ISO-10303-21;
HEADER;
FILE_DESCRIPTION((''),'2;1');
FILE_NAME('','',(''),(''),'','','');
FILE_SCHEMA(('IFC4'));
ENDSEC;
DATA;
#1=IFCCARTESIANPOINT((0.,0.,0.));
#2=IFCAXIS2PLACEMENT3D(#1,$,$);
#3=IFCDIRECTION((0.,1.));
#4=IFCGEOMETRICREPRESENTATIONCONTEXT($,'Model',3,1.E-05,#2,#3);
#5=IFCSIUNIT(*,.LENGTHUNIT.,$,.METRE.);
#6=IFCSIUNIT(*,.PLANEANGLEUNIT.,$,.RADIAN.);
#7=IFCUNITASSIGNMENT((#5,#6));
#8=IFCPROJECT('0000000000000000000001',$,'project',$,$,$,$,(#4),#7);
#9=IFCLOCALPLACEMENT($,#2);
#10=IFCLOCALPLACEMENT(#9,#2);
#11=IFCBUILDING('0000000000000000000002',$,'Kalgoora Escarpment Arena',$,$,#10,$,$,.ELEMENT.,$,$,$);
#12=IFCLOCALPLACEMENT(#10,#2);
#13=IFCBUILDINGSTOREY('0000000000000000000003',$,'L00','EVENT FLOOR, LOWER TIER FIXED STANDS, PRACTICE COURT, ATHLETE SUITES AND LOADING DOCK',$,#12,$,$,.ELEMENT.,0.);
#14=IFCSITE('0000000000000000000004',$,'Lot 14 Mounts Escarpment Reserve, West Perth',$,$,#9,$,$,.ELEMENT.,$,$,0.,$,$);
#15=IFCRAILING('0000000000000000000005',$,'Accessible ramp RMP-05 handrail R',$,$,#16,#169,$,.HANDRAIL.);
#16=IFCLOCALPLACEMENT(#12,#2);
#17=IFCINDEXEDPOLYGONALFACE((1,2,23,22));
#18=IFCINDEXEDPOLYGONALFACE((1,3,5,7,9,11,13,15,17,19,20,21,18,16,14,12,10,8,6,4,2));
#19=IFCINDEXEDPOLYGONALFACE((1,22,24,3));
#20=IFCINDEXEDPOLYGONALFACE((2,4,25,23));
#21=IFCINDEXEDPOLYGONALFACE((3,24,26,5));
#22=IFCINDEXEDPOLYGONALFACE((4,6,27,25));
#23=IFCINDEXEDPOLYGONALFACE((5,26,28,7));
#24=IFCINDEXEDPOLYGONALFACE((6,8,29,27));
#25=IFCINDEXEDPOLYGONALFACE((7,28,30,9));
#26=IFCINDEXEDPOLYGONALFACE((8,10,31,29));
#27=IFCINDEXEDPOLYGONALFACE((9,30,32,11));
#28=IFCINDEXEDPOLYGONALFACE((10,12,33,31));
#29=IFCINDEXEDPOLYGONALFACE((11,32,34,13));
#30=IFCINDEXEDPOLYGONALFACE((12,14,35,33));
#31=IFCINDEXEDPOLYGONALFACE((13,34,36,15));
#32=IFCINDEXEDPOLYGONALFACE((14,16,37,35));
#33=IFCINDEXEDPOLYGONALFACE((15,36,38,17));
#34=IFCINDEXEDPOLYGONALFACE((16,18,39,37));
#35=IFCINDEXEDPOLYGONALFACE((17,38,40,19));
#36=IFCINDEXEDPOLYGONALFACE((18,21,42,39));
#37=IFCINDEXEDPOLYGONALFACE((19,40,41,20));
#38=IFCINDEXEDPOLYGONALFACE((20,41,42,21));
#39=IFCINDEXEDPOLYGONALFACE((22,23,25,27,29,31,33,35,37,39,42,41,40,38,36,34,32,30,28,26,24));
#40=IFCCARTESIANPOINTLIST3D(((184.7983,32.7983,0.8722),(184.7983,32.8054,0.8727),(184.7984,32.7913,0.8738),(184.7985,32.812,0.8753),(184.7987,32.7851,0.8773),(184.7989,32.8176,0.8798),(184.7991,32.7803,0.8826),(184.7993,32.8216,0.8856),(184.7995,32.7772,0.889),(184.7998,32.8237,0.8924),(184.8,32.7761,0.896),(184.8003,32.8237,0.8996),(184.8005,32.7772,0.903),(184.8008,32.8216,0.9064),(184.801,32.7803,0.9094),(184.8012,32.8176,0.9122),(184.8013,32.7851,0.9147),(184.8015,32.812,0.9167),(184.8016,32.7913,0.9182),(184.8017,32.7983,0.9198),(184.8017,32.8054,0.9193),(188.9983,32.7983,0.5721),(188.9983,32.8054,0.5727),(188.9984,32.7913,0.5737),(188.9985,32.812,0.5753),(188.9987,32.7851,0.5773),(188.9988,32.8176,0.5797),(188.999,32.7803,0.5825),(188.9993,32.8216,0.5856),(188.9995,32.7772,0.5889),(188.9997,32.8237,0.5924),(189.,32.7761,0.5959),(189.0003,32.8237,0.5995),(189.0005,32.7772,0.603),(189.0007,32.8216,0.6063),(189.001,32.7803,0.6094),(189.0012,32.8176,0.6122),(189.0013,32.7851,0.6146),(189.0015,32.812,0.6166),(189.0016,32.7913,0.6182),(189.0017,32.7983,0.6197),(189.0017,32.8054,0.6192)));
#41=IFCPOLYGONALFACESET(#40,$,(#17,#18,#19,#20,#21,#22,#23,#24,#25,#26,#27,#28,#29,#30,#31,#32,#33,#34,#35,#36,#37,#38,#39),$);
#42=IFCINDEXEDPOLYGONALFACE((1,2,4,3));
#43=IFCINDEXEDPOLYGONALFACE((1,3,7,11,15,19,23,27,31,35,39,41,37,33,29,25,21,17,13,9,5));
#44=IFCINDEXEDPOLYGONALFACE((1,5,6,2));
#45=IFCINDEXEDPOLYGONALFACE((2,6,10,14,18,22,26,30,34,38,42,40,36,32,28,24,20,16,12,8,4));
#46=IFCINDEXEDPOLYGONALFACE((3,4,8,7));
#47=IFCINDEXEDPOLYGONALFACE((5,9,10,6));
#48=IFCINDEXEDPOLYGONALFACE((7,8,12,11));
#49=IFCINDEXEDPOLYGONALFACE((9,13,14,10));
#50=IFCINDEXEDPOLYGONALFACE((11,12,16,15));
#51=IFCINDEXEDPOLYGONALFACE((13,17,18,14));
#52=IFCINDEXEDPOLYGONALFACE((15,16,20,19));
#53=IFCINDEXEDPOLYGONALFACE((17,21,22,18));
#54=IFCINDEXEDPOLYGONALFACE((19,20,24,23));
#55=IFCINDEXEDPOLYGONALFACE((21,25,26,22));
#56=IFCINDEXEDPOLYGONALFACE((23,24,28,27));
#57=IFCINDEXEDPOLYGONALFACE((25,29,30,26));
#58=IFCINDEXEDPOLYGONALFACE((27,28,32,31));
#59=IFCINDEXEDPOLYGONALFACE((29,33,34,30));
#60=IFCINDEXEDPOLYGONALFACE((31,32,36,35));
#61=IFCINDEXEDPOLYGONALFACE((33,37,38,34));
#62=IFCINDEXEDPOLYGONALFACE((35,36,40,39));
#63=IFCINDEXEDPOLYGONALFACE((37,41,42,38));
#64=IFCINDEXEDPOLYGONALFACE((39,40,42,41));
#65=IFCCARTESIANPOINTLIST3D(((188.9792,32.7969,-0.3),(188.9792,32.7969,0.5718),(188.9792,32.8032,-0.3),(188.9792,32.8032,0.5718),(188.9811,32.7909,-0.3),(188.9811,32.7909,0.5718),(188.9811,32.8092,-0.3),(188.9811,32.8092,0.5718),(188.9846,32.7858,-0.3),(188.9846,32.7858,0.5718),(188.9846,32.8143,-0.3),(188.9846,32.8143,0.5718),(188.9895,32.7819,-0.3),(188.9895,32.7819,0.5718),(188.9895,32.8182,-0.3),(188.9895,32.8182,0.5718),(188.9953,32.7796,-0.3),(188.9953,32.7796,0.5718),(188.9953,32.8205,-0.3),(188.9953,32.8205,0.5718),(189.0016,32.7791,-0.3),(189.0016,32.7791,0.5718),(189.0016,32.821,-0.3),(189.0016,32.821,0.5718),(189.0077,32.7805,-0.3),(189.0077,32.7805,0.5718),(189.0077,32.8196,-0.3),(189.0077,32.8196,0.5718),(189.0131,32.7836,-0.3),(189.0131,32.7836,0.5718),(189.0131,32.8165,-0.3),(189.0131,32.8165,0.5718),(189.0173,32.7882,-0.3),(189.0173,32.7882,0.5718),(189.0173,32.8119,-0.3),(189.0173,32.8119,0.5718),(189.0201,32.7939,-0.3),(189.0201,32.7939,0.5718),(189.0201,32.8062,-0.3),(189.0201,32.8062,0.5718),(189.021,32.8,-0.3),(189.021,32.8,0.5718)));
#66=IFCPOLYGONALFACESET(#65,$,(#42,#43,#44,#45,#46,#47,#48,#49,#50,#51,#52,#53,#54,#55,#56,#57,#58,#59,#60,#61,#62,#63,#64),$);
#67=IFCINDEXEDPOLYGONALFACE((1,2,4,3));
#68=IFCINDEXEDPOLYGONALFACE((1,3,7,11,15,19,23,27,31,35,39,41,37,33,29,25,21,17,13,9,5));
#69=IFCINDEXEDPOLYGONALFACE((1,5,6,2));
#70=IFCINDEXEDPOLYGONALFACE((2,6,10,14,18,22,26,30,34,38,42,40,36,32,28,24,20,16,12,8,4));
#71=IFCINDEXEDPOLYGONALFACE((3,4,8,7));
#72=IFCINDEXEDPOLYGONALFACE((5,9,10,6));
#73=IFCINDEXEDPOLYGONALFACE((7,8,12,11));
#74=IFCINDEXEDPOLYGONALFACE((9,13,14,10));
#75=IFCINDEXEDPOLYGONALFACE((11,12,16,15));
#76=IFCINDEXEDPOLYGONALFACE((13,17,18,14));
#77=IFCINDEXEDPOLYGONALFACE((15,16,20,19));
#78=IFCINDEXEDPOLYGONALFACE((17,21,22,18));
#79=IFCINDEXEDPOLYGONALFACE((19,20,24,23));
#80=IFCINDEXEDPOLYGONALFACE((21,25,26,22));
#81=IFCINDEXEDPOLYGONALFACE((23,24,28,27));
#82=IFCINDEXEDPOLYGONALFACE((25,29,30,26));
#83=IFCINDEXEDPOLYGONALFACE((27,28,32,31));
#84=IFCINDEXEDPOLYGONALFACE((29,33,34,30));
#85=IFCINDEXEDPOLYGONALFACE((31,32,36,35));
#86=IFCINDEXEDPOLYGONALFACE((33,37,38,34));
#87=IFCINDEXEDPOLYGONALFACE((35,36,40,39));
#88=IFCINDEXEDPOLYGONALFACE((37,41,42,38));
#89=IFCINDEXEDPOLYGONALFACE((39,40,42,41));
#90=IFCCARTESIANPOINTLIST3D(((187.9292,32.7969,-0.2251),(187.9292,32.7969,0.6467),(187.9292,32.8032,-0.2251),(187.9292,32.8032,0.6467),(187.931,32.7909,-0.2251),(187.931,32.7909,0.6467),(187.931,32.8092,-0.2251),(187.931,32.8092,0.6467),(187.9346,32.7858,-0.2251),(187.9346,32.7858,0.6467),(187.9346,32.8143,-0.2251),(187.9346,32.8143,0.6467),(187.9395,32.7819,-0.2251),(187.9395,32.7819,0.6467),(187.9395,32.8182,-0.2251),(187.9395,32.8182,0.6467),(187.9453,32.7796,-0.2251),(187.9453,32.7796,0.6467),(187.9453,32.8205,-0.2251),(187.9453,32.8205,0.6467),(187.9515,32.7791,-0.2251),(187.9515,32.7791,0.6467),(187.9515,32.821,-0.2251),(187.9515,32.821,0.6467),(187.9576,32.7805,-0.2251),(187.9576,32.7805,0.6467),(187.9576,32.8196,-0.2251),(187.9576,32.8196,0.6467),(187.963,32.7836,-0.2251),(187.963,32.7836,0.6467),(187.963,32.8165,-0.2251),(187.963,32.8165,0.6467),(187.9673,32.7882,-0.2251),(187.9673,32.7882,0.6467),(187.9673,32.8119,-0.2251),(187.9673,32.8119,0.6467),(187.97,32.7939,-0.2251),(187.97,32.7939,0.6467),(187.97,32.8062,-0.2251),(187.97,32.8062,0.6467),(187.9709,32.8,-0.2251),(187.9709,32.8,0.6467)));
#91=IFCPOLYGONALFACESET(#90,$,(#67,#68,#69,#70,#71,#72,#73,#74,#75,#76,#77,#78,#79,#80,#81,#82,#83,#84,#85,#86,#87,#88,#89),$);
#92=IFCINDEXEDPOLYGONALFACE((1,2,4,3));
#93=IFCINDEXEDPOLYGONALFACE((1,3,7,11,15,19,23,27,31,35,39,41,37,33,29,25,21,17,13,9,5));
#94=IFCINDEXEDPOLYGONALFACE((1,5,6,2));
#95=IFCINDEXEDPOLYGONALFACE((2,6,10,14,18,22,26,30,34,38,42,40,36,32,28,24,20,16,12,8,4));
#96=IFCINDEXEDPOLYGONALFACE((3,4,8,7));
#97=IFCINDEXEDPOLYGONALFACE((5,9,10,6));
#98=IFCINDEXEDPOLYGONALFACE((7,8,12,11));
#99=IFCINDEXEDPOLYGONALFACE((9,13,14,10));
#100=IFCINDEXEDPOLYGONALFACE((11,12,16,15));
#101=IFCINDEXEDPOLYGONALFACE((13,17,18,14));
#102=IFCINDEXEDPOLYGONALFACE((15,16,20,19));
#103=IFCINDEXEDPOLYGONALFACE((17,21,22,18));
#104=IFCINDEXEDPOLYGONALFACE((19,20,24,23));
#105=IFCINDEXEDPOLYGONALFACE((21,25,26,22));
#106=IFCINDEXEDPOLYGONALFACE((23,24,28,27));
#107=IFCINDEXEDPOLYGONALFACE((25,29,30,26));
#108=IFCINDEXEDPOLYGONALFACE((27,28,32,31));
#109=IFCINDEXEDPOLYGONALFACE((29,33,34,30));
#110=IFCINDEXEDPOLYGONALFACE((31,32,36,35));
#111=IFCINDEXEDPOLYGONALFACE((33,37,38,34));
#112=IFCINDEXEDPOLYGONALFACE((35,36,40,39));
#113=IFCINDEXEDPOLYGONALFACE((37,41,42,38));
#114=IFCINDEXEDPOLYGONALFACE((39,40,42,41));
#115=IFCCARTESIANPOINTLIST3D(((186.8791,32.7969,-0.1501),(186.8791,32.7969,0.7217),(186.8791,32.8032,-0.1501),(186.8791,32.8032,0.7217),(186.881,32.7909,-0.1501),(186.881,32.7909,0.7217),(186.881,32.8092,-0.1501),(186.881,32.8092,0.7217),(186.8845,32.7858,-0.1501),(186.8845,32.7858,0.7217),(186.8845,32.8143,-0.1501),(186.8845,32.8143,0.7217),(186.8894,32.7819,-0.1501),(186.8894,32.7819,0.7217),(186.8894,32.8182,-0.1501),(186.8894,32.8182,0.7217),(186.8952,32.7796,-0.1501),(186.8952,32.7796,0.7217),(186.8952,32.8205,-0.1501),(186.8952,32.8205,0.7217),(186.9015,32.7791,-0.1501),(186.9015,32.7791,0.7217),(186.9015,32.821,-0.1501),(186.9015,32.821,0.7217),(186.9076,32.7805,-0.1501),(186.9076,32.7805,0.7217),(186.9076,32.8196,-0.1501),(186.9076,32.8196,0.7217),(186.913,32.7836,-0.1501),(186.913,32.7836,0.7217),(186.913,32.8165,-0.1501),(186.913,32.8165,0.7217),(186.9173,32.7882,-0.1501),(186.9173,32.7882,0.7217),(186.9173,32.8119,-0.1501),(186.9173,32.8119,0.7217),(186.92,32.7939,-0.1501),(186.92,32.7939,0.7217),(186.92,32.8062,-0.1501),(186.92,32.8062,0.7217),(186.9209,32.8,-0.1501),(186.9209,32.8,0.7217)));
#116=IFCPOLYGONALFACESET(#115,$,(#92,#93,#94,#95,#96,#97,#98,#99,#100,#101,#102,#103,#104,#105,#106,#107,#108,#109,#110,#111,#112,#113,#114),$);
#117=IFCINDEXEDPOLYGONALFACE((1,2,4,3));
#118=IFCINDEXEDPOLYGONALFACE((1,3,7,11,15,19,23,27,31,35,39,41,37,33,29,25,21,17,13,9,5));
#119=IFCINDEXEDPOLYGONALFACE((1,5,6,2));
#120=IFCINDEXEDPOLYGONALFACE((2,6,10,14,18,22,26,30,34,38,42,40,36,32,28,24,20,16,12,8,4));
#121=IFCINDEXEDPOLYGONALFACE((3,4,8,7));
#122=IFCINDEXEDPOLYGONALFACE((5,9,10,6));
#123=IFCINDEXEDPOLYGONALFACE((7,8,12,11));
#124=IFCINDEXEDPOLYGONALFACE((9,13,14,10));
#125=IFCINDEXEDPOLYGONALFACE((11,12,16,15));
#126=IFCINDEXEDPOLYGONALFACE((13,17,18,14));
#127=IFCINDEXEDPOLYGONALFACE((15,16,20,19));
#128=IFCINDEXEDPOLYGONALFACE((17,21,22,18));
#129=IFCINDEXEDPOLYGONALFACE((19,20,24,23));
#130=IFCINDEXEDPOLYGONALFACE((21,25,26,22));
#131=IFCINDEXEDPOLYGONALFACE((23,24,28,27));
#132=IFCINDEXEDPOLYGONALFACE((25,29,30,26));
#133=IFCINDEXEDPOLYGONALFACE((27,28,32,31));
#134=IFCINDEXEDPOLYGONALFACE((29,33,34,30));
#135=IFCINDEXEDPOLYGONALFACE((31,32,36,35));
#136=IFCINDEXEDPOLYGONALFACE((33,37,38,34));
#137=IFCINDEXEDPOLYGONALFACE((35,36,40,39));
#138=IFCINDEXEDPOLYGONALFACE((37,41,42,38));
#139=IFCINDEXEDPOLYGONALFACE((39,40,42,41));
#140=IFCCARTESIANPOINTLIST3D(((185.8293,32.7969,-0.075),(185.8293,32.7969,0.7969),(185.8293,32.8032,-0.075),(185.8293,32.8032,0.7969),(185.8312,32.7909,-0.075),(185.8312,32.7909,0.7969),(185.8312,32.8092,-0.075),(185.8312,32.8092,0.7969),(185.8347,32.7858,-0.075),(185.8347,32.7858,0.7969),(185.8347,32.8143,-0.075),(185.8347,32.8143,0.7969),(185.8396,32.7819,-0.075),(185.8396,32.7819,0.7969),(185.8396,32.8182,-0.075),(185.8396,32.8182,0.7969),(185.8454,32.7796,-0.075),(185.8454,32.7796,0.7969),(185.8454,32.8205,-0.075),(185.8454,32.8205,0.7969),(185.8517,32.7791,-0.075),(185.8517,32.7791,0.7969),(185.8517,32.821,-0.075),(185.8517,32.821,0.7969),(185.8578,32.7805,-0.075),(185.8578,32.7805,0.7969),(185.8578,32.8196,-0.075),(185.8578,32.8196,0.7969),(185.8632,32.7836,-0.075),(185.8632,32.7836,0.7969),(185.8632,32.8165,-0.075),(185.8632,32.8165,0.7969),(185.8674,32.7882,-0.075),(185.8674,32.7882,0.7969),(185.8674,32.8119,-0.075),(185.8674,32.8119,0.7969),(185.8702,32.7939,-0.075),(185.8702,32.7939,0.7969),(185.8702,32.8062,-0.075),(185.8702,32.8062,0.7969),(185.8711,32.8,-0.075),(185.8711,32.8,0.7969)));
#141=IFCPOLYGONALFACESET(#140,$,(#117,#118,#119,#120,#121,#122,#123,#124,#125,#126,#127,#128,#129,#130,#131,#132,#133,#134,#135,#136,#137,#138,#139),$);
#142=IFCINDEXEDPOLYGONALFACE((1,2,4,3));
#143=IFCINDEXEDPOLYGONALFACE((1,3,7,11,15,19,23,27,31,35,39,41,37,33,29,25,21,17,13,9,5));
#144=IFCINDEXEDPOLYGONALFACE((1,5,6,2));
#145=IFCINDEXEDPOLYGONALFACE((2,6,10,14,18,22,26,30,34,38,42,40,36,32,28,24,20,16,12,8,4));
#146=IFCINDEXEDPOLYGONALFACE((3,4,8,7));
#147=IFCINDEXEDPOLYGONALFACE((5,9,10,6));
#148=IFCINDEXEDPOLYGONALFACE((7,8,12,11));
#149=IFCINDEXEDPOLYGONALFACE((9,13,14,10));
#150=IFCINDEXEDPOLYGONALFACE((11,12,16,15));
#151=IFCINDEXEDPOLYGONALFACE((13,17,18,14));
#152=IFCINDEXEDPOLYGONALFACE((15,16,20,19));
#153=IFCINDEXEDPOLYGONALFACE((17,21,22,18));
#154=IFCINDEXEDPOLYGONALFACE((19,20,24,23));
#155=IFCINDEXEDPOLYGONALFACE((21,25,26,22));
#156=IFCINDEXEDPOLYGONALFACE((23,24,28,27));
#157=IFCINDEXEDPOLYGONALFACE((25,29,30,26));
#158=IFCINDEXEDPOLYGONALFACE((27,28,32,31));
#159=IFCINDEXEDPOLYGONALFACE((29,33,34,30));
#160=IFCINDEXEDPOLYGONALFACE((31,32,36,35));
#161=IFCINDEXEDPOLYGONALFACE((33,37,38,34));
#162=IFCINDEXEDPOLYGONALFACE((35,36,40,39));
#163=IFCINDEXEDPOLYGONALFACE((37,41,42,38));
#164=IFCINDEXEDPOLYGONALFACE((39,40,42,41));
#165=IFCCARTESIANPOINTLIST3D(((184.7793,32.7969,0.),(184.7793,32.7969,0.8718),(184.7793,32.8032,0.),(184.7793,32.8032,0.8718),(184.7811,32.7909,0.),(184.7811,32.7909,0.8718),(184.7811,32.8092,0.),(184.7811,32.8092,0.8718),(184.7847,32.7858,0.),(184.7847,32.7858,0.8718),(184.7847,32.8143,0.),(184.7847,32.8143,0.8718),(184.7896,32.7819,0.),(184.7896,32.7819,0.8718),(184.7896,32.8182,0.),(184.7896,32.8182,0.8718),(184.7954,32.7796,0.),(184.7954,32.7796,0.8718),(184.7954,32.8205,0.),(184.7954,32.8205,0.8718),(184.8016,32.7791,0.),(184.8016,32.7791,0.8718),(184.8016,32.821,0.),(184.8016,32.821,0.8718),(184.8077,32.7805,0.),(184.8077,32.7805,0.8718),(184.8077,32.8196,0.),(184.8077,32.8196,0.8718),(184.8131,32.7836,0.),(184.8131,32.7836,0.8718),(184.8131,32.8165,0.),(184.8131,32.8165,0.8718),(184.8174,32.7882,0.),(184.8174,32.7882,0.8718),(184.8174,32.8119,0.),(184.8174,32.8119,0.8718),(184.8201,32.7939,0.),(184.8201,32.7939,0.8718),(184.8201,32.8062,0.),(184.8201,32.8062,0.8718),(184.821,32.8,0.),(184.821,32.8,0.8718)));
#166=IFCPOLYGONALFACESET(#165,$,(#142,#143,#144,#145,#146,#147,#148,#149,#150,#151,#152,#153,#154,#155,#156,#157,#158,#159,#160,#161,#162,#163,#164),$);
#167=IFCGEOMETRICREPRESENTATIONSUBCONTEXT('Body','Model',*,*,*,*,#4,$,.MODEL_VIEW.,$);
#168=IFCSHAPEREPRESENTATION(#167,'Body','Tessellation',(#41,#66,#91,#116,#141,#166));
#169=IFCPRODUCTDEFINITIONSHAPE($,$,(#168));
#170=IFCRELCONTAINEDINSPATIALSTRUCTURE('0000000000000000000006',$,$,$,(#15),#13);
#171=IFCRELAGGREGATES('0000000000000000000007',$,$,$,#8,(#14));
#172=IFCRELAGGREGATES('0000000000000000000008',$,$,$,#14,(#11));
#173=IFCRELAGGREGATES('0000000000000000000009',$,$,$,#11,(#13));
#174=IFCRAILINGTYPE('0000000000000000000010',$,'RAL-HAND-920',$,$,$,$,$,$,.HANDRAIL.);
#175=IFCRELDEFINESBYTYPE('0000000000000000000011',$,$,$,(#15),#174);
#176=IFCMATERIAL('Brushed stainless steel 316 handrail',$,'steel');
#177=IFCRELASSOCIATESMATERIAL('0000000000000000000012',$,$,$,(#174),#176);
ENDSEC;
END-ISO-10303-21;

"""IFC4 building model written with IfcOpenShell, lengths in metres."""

from ifc_helpers import new_model, si_unit, direction, frame, origin, origin_2d, place, context, subcontext, project, spatial, circle, extrude, material, type_object, element, save


model = new_model("IFC4")

# Units and contexts
model_context = context("Model", 3, precision=1e-05, world=origin(), true_north=direction((0.0, 1.0)))
body_context = subcontext(model_context, "Body", "Model", "MODEL_VIEW")
ifc_project = project(units=[si_unit("LENGTHUNIT", "METRE"), si_unit("PLANEANGLEUNIT", "RADIAN")], contexts=[model_context])

# Site, building, storey
site_placement = place(None, origin())
site = spatial("IfcSite", under=ifc_project, at=site_placement, Name="Lot 14 Mounts Escarpment Reserve, West Perth", CompositionType="ELEMENT", RefElevation=0.0)
building_placement = place(site_placement, origin())
building = spatial("IfcBuilding", under=site, at=building_placement, Name="Kalgoora Escarpment Arena", CompositionType="ELEMENT")
storey_placement = place(building_placement, origin())
storey = spatial("IfcBuildingStorey", under=building, at=storey_placement, Name="L00", Description="EVENT FLOOR, LOWER TIER FIXED STANDS, PRACTICE COURT, ATHLETE SUITES AND LOADING DOCK", CompositionType="ELEMENT", Elevation=0.0)

# Railing
ifc_material_1 = material(Name="Brushed stainless steel 316 handrail", Category="steel")
railing_type = type_object("IfcRailingType", Name="RAL-HAND-920", PredefinedType="HANDRAIL", material=ifc_material_1)
for number, where, name in (
    (1, (189.0, 32.8, -0.3), "Accessible ramp RMP-05 handrail R"),
):
    element("IfcRailing", number, at=place(storey_placement, frame(where)), inside=storey, type_object=railing_type, Name=name, PredefinedType="HANDRAIL", context=body_context, shape_type="SweptSolid", body=[
        extrude(circle(Radius=0.0239, at=origin_2d()), frame((0.0, 0.0, 0.896), z_axis=(-0.997458, 0.0, 0.071259), x_axis=(0.0, -1.0, 0.0)), (0.0, 0.0, 1.0), 4.2107),
        extrude(circle(Radius=0.021, at=origin_2d()), origin(), (0.0, 0.0, 1.0), 0.8718),
        extrude(circle(Radius=0.021, at=origin_2d()), frame((-1.05, 0.0, 0.075)), (0.0, 0.0, 1.0), 0.8718),
        extrude(circle(Radius=0.021, at=origin_2d()), frame((-2.1001, 0.0, 0.1499)), (0.0, 0.0, 1.0), 0.8718),
        extrude(circle(Radius=0.021, at=origin_2d()), frame((-3.1499, 0.0, 0.2251)), (0.0, 0.0, 1.0), 0.8718),
        extrude(circle(Radius=0.021, at=origin_2d()), frame((-4.2, 0.0, 0.3)), (0.0, 0.0, 1.0), 0.8718),
    ])

save(model, "model.ifc")
